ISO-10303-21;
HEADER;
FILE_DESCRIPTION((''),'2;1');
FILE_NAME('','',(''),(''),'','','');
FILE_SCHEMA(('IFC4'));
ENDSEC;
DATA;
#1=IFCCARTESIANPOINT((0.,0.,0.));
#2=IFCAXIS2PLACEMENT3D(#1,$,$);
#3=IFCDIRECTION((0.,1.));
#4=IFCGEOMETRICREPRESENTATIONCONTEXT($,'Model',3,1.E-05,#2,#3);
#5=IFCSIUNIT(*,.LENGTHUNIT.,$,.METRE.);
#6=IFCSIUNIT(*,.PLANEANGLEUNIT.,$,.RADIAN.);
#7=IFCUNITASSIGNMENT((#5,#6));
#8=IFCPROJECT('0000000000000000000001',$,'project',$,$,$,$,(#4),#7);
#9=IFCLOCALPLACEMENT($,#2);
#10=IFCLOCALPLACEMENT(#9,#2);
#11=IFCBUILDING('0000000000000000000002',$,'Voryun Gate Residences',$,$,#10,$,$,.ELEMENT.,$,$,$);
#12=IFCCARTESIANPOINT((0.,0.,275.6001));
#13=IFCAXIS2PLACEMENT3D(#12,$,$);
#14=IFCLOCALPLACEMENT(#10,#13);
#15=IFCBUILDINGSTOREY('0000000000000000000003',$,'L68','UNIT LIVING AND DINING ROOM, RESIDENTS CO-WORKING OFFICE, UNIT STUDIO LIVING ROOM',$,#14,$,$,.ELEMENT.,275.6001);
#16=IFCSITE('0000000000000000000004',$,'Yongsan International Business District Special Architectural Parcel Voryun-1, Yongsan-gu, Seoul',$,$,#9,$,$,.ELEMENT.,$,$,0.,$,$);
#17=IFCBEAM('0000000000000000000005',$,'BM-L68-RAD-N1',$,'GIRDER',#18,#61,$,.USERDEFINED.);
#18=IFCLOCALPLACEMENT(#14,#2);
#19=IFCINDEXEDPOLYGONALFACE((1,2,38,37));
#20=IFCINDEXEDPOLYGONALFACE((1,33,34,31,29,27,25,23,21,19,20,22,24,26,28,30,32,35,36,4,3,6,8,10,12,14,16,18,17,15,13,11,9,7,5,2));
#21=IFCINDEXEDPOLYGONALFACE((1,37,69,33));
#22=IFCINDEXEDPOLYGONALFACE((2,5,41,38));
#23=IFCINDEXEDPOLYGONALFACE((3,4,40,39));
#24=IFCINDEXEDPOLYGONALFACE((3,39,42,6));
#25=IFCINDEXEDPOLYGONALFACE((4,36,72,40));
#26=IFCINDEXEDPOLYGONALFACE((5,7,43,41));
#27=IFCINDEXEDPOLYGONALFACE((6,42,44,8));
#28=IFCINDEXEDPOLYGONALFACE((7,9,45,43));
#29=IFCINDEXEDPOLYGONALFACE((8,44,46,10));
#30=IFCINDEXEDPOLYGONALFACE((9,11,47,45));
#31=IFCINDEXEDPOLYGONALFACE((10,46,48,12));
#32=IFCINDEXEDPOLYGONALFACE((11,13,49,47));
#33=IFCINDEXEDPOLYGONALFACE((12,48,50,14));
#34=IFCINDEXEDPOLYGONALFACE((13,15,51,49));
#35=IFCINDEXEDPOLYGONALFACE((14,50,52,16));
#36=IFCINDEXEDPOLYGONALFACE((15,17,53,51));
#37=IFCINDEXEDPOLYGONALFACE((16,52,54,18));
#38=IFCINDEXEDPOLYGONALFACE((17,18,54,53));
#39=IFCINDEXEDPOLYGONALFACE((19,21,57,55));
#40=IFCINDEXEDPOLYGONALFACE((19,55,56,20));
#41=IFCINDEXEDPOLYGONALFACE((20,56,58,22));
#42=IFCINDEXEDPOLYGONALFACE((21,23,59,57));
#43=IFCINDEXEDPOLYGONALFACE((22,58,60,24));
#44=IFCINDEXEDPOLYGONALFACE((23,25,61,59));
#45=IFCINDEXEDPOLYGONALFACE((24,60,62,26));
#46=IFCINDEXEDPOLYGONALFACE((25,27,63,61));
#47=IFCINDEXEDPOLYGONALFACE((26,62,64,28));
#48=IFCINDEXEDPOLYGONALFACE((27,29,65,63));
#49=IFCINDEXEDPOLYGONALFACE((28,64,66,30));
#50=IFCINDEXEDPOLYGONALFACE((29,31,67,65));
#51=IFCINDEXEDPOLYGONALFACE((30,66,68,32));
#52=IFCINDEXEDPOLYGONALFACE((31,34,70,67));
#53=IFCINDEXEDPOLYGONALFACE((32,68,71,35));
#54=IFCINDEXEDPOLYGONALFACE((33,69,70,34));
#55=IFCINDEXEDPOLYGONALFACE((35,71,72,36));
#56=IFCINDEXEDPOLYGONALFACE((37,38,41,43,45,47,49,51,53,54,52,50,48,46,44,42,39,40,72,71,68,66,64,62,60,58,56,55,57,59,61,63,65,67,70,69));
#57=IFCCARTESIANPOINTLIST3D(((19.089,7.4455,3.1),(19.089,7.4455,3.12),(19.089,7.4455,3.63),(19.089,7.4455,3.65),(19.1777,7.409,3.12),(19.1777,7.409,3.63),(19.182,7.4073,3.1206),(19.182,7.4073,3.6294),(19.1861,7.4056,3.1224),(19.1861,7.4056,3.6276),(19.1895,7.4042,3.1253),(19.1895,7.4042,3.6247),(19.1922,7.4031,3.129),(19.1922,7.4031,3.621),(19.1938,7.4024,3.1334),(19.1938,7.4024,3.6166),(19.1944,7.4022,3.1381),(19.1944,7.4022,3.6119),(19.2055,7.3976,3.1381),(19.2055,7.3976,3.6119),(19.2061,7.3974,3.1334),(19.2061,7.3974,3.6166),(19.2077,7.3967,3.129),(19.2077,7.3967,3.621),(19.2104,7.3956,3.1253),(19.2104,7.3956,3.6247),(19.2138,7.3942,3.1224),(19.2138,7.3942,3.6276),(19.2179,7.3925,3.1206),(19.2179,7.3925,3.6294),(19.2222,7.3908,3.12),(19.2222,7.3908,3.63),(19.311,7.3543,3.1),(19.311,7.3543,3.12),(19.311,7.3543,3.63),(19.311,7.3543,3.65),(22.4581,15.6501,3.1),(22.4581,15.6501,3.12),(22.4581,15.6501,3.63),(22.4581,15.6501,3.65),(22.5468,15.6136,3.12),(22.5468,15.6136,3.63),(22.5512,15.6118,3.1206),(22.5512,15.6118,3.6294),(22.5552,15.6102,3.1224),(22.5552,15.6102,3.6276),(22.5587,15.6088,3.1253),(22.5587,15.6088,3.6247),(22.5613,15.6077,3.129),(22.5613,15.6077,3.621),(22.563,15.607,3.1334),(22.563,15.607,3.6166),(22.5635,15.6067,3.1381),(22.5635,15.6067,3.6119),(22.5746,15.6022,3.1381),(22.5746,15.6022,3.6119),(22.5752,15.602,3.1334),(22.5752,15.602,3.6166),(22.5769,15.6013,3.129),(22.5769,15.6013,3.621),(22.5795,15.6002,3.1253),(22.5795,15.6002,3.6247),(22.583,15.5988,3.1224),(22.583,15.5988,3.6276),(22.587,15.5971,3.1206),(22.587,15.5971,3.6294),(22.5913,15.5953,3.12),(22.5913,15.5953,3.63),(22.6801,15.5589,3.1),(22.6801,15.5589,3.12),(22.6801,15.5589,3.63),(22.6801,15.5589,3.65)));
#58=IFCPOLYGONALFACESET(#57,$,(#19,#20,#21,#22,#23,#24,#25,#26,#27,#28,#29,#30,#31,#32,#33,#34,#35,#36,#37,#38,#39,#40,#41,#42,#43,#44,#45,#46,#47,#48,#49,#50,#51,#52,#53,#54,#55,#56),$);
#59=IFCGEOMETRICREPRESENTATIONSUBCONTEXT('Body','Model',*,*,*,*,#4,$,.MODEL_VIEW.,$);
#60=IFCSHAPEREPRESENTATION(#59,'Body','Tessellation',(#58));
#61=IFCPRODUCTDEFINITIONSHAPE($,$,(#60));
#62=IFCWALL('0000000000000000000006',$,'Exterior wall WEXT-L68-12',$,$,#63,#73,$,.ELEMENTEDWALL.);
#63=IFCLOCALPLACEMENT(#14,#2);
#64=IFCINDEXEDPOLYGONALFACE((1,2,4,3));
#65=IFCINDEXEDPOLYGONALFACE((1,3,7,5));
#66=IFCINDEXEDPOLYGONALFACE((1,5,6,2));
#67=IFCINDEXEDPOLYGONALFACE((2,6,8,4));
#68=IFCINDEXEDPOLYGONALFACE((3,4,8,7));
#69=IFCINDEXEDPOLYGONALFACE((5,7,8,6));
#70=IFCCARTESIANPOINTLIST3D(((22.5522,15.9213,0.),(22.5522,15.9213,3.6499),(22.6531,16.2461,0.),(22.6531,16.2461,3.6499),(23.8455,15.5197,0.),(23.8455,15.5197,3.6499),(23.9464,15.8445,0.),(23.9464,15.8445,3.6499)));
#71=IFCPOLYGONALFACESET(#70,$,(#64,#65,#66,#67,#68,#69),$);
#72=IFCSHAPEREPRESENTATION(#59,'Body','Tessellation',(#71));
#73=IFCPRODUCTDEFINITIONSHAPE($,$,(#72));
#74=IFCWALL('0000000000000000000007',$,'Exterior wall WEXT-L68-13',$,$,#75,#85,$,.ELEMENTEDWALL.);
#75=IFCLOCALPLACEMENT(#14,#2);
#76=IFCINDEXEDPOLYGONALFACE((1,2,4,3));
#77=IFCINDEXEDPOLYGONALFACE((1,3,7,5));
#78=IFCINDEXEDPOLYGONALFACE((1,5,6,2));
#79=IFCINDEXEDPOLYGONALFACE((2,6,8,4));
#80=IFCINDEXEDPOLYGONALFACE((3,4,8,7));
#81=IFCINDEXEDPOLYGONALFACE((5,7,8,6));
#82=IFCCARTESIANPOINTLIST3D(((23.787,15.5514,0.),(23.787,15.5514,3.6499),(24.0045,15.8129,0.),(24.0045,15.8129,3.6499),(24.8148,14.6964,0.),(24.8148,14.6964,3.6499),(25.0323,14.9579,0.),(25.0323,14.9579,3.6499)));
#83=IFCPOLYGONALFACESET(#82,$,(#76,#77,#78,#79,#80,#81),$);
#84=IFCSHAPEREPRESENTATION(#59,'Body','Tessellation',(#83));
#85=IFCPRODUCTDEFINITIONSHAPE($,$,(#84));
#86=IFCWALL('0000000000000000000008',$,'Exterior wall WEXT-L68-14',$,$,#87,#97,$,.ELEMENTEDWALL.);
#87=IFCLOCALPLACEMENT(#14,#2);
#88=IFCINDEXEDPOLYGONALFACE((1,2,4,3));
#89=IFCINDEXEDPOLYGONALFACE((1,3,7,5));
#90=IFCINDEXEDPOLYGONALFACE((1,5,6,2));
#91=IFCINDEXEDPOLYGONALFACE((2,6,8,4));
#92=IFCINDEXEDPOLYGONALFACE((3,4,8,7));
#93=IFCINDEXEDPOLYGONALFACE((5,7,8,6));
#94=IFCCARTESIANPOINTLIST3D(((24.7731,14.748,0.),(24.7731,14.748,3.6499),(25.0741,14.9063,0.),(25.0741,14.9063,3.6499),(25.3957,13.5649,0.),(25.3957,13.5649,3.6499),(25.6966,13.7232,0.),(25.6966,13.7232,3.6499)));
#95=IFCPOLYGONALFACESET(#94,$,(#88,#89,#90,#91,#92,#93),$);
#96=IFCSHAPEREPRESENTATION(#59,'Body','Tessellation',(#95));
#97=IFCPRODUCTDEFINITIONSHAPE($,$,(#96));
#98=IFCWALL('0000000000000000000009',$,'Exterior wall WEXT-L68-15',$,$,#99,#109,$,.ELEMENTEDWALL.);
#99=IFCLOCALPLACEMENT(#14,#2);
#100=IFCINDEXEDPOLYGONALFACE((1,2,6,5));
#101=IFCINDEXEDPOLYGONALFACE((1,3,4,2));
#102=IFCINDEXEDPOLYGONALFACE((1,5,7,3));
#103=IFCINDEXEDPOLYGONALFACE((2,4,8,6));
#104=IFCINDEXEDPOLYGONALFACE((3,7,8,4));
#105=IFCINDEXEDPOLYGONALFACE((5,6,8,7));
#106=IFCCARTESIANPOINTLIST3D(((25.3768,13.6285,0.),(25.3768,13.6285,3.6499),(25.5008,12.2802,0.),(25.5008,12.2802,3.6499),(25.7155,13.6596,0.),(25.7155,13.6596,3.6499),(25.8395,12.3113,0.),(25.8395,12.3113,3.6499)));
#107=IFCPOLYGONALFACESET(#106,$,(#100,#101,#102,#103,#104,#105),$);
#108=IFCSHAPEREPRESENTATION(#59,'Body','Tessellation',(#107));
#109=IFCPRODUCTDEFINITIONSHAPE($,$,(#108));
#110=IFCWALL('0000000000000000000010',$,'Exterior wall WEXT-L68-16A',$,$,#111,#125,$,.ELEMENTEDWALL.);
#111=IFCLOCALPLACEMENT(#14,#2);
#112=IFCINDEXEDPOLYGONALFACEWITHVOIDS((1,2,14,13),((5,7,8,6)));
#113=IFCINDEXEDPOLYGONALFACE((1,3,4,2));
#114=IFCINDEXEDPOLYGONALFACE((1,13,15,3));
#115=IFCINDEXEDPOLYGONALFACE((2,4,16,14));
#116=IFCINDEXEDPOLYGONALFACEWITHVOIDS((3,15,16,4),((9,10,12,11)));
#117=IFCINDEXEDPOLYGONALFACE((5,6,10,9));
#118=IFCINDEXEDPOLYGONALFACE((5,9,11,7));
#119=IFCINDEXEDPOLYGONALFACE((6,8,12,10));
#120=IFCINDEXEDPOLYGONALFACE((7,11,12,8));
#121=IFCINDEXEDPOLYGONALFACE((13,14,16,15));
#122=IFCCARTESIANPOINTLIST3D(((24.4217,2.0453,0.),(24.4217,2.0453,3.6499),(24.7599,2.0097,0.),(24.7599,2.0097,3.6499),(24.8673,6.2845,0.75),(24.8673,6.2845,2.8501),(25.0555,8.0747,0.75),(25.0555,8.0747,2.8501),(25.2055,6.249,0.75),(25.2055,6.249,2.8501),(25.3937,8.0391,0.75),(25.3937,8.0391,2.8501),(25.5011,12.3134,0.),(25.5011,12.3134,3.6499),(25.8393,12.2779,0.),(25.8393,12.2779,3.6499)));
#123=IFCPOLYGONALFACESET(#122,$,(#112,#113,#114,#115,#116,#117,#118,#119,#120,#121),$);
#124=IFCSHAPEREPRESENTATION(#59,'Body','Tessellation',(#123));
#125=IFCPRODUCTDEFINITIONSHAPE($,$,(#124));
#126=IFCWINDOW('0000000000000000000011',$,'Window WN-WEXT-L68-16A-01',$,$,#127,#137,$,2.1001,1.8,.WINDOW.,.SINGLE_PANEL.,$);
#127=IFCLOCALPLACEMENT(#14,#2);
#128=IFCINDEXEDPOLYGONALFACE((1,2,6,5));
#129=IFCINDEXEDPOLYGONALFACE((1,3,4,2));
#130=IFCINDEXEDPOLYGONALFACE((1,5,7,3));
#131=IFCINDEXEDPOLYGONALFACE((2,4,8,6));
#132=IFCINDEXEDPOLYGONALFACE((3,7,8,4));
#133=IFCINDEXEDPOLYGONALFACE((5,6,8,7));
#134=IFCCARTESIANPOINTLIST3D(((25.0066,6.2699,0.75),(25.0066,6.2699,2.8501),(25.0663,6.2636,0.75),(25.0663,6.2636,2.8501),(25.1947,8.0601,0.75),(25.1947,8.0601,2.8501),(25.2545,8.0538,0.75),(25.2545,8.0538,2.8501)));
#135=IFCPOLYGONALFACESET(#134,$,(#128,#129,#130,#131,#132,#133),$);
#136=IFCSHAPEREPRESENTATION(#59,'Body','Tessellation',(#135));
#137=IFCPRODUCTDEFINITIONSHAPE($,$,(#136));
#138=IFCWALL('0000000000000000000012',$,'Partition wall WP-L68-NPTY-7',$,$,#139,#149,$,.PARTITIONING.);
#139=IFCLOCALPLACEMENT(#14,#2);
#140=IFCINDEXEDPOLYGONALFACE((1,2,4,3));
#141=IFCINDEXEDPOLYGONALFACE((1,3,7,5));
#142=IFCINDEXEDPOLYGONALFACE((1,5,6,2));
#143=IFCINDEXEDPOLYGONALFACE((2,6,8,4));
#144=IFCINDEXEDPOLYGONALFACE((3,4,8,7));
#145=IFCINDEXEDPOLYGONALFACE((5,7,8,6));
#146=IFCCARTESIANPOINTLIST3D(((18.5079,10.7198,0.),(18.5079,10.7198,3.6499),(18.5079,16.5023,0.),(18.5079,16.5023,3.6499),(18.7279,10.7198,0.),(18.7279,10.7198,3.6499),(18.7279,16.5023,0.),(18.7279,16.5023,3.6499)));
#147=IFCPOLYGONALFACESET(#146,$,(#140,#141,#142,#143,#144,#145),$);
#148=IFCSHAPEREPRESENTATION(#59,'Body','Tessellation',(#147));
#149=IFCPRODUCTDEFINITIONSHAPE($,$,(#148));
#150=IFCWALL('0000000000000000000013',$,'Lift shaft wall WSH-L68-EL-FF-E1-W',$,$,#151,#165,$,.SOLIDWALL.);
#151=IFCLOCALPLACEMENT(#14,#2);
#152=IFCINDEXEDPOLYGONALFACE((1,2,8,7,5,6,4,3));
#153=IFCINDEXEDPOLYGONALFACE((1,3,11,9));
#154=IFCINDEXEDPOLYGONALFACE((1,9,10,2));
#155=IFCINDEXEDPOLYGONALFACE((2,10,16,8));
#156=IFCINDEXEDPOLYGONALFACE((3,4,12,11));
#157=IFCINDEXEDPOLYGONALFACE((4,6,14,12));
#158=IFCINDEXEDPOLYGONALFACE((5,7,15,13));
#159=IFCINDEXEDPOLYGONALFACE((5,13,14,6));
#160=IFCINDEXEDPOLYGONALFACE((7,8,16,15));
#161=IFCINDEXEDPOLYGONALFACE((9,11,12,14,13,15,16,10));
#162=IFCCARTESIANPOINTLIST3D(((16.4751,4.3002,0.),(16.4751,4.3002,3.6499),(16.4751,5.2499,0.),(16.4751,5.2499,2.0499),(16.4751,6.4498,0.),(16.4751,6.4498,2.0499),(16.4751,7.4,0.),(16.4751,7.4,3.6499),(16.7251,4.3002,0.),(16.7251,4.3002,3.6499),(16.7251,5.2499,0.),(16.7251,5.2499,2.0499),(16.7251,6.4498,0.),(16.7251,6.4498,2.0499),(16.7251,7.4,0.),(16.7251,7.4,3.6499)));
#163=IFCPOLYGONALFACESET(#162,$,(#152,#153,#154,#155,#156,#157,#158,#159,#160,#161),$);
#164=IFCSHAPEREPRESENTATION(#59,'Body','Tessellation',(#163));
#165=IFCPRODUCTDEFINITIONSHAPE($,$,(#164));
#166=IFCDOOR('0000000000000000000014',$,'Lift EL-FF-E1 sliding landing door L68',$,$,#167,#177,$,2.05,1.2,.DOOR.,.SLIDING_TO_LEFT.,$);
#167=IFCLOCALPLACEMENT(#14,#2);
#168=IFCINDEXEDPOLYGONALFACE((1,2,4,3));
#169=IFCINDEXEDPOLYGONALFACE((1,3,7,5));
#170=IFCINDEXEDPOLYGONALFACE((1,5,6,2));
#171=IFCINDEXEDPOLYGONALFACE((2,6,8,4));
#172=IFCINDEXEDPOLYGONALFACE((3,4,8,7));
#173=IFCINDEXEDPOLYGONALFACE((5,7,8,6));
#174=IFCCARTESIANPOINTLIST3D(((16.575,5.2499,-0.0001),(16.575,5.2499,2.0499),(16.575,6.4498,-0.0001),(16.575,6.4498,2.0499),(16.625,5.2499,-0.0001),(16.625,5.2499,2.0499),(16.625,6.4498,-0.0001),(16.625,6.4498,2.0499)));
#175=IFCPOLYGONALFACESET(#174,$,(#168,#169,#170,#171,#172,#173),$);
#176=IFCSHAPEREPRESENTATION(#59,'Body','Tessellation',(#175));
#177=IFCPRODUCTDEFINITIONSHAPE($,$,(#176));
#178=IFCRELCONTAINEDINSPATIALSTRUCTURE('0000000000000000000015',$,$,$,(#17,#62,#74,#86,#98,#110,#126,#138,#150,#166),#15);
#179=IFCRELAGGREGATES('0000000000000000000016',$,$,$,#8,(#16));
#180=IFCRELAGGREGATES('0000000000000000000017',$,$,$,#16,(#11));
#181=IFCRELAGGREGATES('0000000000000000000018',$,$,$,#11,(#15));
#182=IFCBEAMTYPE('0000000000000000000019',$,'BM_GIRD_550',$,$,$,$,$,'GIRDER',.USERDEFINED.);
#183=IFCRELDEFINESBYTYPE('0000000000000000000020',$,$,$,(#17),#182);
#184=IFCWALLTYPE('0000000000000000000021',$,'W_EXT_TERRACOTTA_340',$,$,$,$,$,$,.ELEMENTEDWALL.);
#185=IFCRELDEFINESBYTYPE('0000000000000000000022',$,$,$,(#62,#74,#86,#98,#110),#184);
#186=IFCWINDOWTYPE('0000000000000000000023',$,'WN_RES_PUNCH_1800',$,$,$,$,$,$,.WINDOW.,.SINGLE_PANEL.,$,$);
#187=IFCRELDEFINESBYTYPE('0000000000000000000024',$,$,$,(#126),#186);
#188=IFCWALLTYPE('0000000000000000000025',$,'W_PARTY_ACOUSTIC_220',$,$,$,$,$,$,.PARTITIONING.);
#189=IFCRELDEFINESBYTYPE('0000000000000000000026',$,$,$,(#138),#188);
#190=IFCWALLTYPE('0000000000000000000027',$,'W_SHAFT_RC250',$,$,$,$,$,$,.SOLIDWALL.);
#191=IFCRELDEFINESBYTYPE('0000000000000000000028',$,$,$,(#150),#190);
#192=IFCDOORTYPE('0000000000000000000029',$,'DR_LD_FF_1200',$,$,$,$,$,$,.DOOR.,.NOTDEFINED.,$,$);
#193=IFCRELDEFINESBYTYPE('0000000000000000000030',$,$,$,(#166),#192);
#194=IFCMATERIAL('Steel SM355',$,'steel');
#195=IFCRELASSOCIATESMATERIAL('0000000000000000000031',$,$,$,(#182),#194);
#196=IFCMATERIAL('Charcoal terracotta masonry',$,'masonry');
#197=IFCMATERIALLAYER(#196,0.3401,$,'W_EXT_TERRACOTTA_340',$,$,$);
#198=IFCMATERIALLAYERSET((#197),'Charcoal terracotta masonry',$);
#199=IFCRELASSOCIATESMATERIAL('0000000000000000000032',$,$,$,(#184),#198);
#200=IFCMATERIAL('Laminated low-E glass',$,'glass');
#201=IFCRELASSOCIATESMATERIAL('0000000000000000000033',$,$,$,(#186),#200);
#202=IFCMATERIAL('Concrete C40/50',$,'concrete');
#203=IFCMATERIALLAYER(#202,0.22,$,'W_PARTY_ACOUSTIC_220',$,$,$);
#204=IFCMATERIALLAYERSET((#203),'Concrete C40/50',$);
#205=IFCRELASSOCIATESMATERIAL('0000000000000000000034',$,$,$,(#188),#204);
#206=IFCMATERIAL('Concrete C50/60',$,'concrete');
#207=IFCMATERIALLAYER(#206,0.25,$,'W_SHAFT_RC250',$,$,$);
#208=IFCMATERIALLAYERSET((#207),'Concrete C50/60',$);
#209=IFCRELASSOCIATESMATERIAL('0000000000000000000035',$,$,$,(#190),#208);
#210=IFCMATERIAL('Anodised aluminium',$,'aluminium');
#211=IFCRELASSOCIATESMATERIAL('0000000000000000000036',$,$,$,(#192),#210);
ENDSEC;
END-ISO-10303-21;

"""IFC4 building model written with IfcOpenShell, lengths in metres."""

from ifc_helpers import new_model, si_unit, direction, frame, frame_2d, origin, origin_2d, place, context, subcontext, project, spatial, rectangle, i_section, extrude, material, layer, layer_set, material_profile, profile_set, type_object, element, fill, save


model = new_model("IFC4")

# Units and contexts
model_context = context("Model", 3, precision=1e-05, world=origin(), true_north=direction((0.0, 1.0)))
body_context = subcontext(model_context, "Body", "Model", "MODEL_VIEW")
ifc_project = project(units=[si_unit("LENGTHUNIT", "METRE"), si_unit("PLANEANGLEUNIT", "RADIAN")], contexts=[model_context])

# Site, building, storey
site_placement = place(None, origin())
site = spatial("IfcSite", under=ifc_project, at=site_placement, Name="Yongsan International Business District Special Architectural Parcel Voryun-1, Yongsan-gu, Seoul", CompositionType="ELEMENT", RefElevation=0.0)
building_placement = place(site_placement, origin())
building = spatial("IfcBuilding", under=site, at=building_placement, Name="Voryun Gate Residences", CompositionType="ELEMENT")
storey_placement = place(building_placement, frame((0.0, 0.0, 275.6001)))
storey = spatial("IfcBuildingStorey", under=building, at=storey_placement, Name="L68", Description="UNIT LIVING AND DINING ROOM, RESIDENTS CO-WORKING OFFICE, UNIT STUDIO LIVING ROOM", CompositionType="ELEMENT", Elevation=275.6001)

# Beam
ifc_material_1 = material(Name="Steel SM355", Category="steel")
ifc_material_profile_1 = material_profile(ifc_material_1, i_section(OverallWidth=0.24, OverallDepth=0.55, WebThickness=0.012, FlangeThickness=0.02, FilletRadius=0.0181, at=origin_2d()), Name="H-550x240x12x20")
ifc_profile_set_1 = profile_set([ifc_material_profile_1], Name="Steel SM355")
beam_type_1 = type_object("IfcBeamType", Name="BM_GIRD_550", ElementType="GIRDER", PredefinedType="USERDEFINED", material=ifc_profile_set_1)
beam_1_placement = place(storey_placement, frame((19.2, 7.3999, 3.375), z_axis=(0.379861, 0.925044, 0.0), x_axis=(-0.925044, 0.379861, 0.0)))
element("IfcBeam", 1, at=beam_1_placement, inside=storey, type_object=beam_type_1, Name="BM-L68-RAD-N1", ObjectType="GIRDER", PredefinedType="USERDEFINED", context=body_context, shape_type="SweptSolid", body=[
    extrude(i_section(OverallWidth=0.24, OverallDepth=0.55, WebThickness=0.012, FlangeThickness=0.02, FilletRadius=0.0181, at=origin_2d()), origin(), (0.0, 0.0, 1.0), 8.8694),
])

# Walls
ifc_material_2 = material(Name="Charcoal terracotta masonry", Category="masonry")
ifc_layer_1 = layer(ifc_material_2, 0.3401, Name="W_EXT_TERRACOTTA_340")
ifc_layer_set_1 = layer_set([ifc_layer_1], Name="Charcoal terracotta masonry")
wall_type_1 = type_object("IfcWallType", Name="W_EXT_TERRACOTTA_340", PredefinedType="ELEMENTEDWALL", material=ifc_layer_set_1)
wall_1_placement = place(storey_placement, frame((22.6025, 16.0837, 0.0), z_axis=(0.0, 0.0, 1.0), x_axis=(0.955008, -0.296581, 0.0)))
element("IfcWall", 2, at=wall_1_placement, inside=storey, type_object=wall_type_1, Name="Exterior wall WEXT-L68-12", PredefinedType="ELEMENTEDWALL", context=body_context, shape_type="SweptSolid", body=[
    extrude(rectangle(XDim=1.3542, YDim=0.3401, at=frame_2d((0.6772, 0.0))), origin(), (0.0, 0.0, 1.0), 3.6499),
])
for number, where, z_axis, x_axis, name in (
    (3, (23.8958, 15.6821, 0.0), (0.0, 0.0, 1.0), (0.76879, -0.639502, 0.0), "Exterior wall WEXT-L68-13"),
    (4, (24.9236, 14.8271, 0.0), (0.0, 0.0, 1.0), (0.465671, -0.884958, 0.0), "Exterior wall WEXT-L68-14"),
):
    element("IfcWall", number, at=place(storey_placement, frame(where, z_axis=z_axis, x_axis=x_axis)), inside=storey, type_object=wall_type_1, Name=name, PredefinedType="ELEMENTEDWALL", context=body_context, shape_type="SweptSolid", body=[
        extrude(rectangle(XDim=1.3369, YDim=0.3401, at=frame_2d((0.6685, 0.0))), origin(), (0.0, 0.0, 1.0), 3.6499),
    ])
wall_2_placement = place(storey_placement, frame((25.5461, 13.644, 0.0), z_axis=(0.0, 0.0, 1.0), x_axis=(0.091592, -0.995797, 0.0)))
element("IfcWall", 5, at=wall_2_placement, inside=storey, type_object=wall_type_1, Name="Exterior wall WEXT-L68-15", PredefinedType="ELEMENTEDWALL", context=body_context, shape_type="SweptSolid", body=[
    extrude(rectangle(XDim=1.354, YDim=0.3401, at=frame_2d((0.677, 0.0))), origin(), (0.0, 0.0, 1.0), 3.6499),
])

# Wall, opening, window
wall_3_placement = place(storey_placement, frame((25.6702, 12.2957, 0.0), z_axis=(0.0, 0.0, 1.0), x_axis=(-0.104541, -0.994521, 0.0)))
wall_3 = element("IfcWall", 6, at=wall_3_placement, inside=storey, type_object=wall_type_1, Name="Exterior wall WEXT-L68-16A", PredefinedType="ELEMENTEDWALL", context=body_context, shape_type="SweptSolid", body=[
    extrude(rectangle(XDim=10.3247, YDim=0.3401, at=frame_2d((5.1624, 0.0))), origin(), (0.0, 0.0, 1.0), 3.6499),
])
opening_1_placement = place(wall_3_placement, frame((4.2622, 0.0, 0.75)))
opening_1 = element("IfcOpeningElement", 7, at=opening_1_placement, cuts=wall_3, PredefinedType="OPENING", context=body_context, shape_type="SweptSolid", body=[
    extrude(rectangle(XDim=1.8, YDim=2.1001, at=frame_2d((0.8999, 1.05))), frame((0.0, 0.1799, 0.0), z_axis=(0.0, -1.0, 0.0), x_axis=(1.0, 0.0, 0.0)), (0.0, 0.0, 1.0), 0.3601),
])
ifc_material_3 = material(Name="Laminated low-E glass", Category="glass")
window_type = type_object("IfcWindowType", Name="WN_RES_PUNCH_1800", PartitioningType="SINGLE_PANEL", PredefinedType="WINDOW", material=ifc_material_3)
window_placement = place(opening_1_placement, origin())
window = element("IfcWindow", 8, at=window_placement, inside=storey, type_object=window_type, Name="Window WN-WEXT-L68-16A-01", OverallHeight=2.1001, OverallWidth=1.8, PartitioningType="SINGLE_PANEL", PredefinedType="WINDOW", context=body_context, shape_type="SweptSolid", body=[
    extrude(rectangle(XDim=1.8, YDim=2.1001, at=frame_2d((0.8999, 1.05))), frame((0.0, 0.03, 0.0), z_axis=(0.0, -1.0, 0.0), x_axis=(1.0, 0.0, 0.0)), (0.0, 0.0, 1.0), 0.0601),
])
fill(opening_1, window)

# Wall
ifc_material_4 = material(Name="Concrete C40/50", Category="concrete")
ifc_layer_2 = layer(ifc_material_4, 0.22, Name="W_PARTY_ACOUSTIC_220")
ifc_layer_set_2 = layer_set([ifc_layer_2], Name="Concrete C40/50")
wall_type_2 = type_object("IfcWallType", Name="W_PARTY_ACOUSTIC_220", PredefinedType="PARTITIONING", material=ifc_layer_set_2)
wall_4_placement = place(storey_placement, frame((18.6179, 10.72, 0.0), z_axis=(0.0, 0.0, 1.0), x_axis=(0.0, 1.0, 0.0)))
element("IfcWall", 9, at=wall_4_placement, inside=storey, type_object=wall_type_2, Name="Partition wall WP-L68-NPTY-7", PredefinedType="PARTITIONING", context=body_context, shape_type="SweptSolid", body=[
    extrude(rectangle(XDim=5.7825, YDim=0.22, at=frame_2d((2.8911, 0.0))), origin(), (0.0, 0.0, 1.0), 3.6499),
])

# Wall, opening, door
ifc_material_5 = material(Name="Concrete C50/60", Category="concrete")
ifc_layer_3 = layer(ifc_material_5, 0.25, Name="W_SHAFT_RC250")
ifc_layer_set_3 = layer_set([ifc_layer_3], Name="Concrete C50/60")
wall_type_3 = type_object("IfcWallType", Name="W_SHAFT_RC250", PredefinedType="SOLIDWALL", material=ifc_layer_set_3)
wall_5_placement = place(storey_placement, frame((16.6001, 7.3999, 0.0), z_axis=(0.0, 0.0, 1.0), x_axis=(0.0, -1.0, 0.0)))
wall_5 = element("IfcWall", 10, at=wall_5_placement, inside=storey, type_object=wall_type_3, Name="Lift shaft wall WSH-L68-EL-FF-E1-W", PredefinedType="SOLIDWALL", context=body_context, shape_type="SweptSolid", body=[
    extrude(rectangle(XDim=3.0999, YDim=0.25, at=frame_2d((1.5498, 0.0))), origin(), (0.0, 0.0, 1.0), 3.6499),
])
opening_2_placement = place(wall_5_placement, frame((0.95, 0.0, 0.0)))
opening_2 = element("IfcOpeningElement", 11, at=opening_2_placement, cuts=wall_5, PredefinedType="OPENING", context=body_context, shape_type="SweptSolid", body=[
    extrude(rectangle(XDim=1.2, YDim=2.05, at=frame_2d((0.6001, 1.0249))), frame((0.0, 0.135, 0.0), z_axis=(0.0, -1.0, 0.0), x_axis=(1.0, 0.0, 0.0)), (0.0, 0.0, 1.0), 0.27),
])
ifc_material_6 = material(Name="Anodised aluminium", Category="aluminium")
door_type_1 = type_object("IfcDoorType", Name="DR_LD_FF_1200", OperationType="NOTDEFINED", PredefinedType="DOOR", material=ifc_material_6)
door_1_placement = place(opening_2_placement, origin())
door_1 = element("IfcDoor", 12, at=door_1_placement, inside=storey, type_object=door_type_1, Name="Lift EL-FF-E1 sliding landing door L68", OperationType="SLIDING_TO_LEFT", OverallHeight=2.05, OverallWidth=1.2, PredefinedType="DOOR", context=body_context, shape_type="SweptSolid", body=[
    extrude(rectangle(XDim=1.2, YDim=2.05, at=frame_2d((0.6001, 1.0249))), frame((0.0, 0.0249, 0.0), z_axis=(0.0, -1.0, 0.0), x_axis=(1.0, 0.0, 0.0)), (0.0, 0.0, 1.0), 0.05),
])
fill(opening_2, door_1)

save(model, "model.ifc")
